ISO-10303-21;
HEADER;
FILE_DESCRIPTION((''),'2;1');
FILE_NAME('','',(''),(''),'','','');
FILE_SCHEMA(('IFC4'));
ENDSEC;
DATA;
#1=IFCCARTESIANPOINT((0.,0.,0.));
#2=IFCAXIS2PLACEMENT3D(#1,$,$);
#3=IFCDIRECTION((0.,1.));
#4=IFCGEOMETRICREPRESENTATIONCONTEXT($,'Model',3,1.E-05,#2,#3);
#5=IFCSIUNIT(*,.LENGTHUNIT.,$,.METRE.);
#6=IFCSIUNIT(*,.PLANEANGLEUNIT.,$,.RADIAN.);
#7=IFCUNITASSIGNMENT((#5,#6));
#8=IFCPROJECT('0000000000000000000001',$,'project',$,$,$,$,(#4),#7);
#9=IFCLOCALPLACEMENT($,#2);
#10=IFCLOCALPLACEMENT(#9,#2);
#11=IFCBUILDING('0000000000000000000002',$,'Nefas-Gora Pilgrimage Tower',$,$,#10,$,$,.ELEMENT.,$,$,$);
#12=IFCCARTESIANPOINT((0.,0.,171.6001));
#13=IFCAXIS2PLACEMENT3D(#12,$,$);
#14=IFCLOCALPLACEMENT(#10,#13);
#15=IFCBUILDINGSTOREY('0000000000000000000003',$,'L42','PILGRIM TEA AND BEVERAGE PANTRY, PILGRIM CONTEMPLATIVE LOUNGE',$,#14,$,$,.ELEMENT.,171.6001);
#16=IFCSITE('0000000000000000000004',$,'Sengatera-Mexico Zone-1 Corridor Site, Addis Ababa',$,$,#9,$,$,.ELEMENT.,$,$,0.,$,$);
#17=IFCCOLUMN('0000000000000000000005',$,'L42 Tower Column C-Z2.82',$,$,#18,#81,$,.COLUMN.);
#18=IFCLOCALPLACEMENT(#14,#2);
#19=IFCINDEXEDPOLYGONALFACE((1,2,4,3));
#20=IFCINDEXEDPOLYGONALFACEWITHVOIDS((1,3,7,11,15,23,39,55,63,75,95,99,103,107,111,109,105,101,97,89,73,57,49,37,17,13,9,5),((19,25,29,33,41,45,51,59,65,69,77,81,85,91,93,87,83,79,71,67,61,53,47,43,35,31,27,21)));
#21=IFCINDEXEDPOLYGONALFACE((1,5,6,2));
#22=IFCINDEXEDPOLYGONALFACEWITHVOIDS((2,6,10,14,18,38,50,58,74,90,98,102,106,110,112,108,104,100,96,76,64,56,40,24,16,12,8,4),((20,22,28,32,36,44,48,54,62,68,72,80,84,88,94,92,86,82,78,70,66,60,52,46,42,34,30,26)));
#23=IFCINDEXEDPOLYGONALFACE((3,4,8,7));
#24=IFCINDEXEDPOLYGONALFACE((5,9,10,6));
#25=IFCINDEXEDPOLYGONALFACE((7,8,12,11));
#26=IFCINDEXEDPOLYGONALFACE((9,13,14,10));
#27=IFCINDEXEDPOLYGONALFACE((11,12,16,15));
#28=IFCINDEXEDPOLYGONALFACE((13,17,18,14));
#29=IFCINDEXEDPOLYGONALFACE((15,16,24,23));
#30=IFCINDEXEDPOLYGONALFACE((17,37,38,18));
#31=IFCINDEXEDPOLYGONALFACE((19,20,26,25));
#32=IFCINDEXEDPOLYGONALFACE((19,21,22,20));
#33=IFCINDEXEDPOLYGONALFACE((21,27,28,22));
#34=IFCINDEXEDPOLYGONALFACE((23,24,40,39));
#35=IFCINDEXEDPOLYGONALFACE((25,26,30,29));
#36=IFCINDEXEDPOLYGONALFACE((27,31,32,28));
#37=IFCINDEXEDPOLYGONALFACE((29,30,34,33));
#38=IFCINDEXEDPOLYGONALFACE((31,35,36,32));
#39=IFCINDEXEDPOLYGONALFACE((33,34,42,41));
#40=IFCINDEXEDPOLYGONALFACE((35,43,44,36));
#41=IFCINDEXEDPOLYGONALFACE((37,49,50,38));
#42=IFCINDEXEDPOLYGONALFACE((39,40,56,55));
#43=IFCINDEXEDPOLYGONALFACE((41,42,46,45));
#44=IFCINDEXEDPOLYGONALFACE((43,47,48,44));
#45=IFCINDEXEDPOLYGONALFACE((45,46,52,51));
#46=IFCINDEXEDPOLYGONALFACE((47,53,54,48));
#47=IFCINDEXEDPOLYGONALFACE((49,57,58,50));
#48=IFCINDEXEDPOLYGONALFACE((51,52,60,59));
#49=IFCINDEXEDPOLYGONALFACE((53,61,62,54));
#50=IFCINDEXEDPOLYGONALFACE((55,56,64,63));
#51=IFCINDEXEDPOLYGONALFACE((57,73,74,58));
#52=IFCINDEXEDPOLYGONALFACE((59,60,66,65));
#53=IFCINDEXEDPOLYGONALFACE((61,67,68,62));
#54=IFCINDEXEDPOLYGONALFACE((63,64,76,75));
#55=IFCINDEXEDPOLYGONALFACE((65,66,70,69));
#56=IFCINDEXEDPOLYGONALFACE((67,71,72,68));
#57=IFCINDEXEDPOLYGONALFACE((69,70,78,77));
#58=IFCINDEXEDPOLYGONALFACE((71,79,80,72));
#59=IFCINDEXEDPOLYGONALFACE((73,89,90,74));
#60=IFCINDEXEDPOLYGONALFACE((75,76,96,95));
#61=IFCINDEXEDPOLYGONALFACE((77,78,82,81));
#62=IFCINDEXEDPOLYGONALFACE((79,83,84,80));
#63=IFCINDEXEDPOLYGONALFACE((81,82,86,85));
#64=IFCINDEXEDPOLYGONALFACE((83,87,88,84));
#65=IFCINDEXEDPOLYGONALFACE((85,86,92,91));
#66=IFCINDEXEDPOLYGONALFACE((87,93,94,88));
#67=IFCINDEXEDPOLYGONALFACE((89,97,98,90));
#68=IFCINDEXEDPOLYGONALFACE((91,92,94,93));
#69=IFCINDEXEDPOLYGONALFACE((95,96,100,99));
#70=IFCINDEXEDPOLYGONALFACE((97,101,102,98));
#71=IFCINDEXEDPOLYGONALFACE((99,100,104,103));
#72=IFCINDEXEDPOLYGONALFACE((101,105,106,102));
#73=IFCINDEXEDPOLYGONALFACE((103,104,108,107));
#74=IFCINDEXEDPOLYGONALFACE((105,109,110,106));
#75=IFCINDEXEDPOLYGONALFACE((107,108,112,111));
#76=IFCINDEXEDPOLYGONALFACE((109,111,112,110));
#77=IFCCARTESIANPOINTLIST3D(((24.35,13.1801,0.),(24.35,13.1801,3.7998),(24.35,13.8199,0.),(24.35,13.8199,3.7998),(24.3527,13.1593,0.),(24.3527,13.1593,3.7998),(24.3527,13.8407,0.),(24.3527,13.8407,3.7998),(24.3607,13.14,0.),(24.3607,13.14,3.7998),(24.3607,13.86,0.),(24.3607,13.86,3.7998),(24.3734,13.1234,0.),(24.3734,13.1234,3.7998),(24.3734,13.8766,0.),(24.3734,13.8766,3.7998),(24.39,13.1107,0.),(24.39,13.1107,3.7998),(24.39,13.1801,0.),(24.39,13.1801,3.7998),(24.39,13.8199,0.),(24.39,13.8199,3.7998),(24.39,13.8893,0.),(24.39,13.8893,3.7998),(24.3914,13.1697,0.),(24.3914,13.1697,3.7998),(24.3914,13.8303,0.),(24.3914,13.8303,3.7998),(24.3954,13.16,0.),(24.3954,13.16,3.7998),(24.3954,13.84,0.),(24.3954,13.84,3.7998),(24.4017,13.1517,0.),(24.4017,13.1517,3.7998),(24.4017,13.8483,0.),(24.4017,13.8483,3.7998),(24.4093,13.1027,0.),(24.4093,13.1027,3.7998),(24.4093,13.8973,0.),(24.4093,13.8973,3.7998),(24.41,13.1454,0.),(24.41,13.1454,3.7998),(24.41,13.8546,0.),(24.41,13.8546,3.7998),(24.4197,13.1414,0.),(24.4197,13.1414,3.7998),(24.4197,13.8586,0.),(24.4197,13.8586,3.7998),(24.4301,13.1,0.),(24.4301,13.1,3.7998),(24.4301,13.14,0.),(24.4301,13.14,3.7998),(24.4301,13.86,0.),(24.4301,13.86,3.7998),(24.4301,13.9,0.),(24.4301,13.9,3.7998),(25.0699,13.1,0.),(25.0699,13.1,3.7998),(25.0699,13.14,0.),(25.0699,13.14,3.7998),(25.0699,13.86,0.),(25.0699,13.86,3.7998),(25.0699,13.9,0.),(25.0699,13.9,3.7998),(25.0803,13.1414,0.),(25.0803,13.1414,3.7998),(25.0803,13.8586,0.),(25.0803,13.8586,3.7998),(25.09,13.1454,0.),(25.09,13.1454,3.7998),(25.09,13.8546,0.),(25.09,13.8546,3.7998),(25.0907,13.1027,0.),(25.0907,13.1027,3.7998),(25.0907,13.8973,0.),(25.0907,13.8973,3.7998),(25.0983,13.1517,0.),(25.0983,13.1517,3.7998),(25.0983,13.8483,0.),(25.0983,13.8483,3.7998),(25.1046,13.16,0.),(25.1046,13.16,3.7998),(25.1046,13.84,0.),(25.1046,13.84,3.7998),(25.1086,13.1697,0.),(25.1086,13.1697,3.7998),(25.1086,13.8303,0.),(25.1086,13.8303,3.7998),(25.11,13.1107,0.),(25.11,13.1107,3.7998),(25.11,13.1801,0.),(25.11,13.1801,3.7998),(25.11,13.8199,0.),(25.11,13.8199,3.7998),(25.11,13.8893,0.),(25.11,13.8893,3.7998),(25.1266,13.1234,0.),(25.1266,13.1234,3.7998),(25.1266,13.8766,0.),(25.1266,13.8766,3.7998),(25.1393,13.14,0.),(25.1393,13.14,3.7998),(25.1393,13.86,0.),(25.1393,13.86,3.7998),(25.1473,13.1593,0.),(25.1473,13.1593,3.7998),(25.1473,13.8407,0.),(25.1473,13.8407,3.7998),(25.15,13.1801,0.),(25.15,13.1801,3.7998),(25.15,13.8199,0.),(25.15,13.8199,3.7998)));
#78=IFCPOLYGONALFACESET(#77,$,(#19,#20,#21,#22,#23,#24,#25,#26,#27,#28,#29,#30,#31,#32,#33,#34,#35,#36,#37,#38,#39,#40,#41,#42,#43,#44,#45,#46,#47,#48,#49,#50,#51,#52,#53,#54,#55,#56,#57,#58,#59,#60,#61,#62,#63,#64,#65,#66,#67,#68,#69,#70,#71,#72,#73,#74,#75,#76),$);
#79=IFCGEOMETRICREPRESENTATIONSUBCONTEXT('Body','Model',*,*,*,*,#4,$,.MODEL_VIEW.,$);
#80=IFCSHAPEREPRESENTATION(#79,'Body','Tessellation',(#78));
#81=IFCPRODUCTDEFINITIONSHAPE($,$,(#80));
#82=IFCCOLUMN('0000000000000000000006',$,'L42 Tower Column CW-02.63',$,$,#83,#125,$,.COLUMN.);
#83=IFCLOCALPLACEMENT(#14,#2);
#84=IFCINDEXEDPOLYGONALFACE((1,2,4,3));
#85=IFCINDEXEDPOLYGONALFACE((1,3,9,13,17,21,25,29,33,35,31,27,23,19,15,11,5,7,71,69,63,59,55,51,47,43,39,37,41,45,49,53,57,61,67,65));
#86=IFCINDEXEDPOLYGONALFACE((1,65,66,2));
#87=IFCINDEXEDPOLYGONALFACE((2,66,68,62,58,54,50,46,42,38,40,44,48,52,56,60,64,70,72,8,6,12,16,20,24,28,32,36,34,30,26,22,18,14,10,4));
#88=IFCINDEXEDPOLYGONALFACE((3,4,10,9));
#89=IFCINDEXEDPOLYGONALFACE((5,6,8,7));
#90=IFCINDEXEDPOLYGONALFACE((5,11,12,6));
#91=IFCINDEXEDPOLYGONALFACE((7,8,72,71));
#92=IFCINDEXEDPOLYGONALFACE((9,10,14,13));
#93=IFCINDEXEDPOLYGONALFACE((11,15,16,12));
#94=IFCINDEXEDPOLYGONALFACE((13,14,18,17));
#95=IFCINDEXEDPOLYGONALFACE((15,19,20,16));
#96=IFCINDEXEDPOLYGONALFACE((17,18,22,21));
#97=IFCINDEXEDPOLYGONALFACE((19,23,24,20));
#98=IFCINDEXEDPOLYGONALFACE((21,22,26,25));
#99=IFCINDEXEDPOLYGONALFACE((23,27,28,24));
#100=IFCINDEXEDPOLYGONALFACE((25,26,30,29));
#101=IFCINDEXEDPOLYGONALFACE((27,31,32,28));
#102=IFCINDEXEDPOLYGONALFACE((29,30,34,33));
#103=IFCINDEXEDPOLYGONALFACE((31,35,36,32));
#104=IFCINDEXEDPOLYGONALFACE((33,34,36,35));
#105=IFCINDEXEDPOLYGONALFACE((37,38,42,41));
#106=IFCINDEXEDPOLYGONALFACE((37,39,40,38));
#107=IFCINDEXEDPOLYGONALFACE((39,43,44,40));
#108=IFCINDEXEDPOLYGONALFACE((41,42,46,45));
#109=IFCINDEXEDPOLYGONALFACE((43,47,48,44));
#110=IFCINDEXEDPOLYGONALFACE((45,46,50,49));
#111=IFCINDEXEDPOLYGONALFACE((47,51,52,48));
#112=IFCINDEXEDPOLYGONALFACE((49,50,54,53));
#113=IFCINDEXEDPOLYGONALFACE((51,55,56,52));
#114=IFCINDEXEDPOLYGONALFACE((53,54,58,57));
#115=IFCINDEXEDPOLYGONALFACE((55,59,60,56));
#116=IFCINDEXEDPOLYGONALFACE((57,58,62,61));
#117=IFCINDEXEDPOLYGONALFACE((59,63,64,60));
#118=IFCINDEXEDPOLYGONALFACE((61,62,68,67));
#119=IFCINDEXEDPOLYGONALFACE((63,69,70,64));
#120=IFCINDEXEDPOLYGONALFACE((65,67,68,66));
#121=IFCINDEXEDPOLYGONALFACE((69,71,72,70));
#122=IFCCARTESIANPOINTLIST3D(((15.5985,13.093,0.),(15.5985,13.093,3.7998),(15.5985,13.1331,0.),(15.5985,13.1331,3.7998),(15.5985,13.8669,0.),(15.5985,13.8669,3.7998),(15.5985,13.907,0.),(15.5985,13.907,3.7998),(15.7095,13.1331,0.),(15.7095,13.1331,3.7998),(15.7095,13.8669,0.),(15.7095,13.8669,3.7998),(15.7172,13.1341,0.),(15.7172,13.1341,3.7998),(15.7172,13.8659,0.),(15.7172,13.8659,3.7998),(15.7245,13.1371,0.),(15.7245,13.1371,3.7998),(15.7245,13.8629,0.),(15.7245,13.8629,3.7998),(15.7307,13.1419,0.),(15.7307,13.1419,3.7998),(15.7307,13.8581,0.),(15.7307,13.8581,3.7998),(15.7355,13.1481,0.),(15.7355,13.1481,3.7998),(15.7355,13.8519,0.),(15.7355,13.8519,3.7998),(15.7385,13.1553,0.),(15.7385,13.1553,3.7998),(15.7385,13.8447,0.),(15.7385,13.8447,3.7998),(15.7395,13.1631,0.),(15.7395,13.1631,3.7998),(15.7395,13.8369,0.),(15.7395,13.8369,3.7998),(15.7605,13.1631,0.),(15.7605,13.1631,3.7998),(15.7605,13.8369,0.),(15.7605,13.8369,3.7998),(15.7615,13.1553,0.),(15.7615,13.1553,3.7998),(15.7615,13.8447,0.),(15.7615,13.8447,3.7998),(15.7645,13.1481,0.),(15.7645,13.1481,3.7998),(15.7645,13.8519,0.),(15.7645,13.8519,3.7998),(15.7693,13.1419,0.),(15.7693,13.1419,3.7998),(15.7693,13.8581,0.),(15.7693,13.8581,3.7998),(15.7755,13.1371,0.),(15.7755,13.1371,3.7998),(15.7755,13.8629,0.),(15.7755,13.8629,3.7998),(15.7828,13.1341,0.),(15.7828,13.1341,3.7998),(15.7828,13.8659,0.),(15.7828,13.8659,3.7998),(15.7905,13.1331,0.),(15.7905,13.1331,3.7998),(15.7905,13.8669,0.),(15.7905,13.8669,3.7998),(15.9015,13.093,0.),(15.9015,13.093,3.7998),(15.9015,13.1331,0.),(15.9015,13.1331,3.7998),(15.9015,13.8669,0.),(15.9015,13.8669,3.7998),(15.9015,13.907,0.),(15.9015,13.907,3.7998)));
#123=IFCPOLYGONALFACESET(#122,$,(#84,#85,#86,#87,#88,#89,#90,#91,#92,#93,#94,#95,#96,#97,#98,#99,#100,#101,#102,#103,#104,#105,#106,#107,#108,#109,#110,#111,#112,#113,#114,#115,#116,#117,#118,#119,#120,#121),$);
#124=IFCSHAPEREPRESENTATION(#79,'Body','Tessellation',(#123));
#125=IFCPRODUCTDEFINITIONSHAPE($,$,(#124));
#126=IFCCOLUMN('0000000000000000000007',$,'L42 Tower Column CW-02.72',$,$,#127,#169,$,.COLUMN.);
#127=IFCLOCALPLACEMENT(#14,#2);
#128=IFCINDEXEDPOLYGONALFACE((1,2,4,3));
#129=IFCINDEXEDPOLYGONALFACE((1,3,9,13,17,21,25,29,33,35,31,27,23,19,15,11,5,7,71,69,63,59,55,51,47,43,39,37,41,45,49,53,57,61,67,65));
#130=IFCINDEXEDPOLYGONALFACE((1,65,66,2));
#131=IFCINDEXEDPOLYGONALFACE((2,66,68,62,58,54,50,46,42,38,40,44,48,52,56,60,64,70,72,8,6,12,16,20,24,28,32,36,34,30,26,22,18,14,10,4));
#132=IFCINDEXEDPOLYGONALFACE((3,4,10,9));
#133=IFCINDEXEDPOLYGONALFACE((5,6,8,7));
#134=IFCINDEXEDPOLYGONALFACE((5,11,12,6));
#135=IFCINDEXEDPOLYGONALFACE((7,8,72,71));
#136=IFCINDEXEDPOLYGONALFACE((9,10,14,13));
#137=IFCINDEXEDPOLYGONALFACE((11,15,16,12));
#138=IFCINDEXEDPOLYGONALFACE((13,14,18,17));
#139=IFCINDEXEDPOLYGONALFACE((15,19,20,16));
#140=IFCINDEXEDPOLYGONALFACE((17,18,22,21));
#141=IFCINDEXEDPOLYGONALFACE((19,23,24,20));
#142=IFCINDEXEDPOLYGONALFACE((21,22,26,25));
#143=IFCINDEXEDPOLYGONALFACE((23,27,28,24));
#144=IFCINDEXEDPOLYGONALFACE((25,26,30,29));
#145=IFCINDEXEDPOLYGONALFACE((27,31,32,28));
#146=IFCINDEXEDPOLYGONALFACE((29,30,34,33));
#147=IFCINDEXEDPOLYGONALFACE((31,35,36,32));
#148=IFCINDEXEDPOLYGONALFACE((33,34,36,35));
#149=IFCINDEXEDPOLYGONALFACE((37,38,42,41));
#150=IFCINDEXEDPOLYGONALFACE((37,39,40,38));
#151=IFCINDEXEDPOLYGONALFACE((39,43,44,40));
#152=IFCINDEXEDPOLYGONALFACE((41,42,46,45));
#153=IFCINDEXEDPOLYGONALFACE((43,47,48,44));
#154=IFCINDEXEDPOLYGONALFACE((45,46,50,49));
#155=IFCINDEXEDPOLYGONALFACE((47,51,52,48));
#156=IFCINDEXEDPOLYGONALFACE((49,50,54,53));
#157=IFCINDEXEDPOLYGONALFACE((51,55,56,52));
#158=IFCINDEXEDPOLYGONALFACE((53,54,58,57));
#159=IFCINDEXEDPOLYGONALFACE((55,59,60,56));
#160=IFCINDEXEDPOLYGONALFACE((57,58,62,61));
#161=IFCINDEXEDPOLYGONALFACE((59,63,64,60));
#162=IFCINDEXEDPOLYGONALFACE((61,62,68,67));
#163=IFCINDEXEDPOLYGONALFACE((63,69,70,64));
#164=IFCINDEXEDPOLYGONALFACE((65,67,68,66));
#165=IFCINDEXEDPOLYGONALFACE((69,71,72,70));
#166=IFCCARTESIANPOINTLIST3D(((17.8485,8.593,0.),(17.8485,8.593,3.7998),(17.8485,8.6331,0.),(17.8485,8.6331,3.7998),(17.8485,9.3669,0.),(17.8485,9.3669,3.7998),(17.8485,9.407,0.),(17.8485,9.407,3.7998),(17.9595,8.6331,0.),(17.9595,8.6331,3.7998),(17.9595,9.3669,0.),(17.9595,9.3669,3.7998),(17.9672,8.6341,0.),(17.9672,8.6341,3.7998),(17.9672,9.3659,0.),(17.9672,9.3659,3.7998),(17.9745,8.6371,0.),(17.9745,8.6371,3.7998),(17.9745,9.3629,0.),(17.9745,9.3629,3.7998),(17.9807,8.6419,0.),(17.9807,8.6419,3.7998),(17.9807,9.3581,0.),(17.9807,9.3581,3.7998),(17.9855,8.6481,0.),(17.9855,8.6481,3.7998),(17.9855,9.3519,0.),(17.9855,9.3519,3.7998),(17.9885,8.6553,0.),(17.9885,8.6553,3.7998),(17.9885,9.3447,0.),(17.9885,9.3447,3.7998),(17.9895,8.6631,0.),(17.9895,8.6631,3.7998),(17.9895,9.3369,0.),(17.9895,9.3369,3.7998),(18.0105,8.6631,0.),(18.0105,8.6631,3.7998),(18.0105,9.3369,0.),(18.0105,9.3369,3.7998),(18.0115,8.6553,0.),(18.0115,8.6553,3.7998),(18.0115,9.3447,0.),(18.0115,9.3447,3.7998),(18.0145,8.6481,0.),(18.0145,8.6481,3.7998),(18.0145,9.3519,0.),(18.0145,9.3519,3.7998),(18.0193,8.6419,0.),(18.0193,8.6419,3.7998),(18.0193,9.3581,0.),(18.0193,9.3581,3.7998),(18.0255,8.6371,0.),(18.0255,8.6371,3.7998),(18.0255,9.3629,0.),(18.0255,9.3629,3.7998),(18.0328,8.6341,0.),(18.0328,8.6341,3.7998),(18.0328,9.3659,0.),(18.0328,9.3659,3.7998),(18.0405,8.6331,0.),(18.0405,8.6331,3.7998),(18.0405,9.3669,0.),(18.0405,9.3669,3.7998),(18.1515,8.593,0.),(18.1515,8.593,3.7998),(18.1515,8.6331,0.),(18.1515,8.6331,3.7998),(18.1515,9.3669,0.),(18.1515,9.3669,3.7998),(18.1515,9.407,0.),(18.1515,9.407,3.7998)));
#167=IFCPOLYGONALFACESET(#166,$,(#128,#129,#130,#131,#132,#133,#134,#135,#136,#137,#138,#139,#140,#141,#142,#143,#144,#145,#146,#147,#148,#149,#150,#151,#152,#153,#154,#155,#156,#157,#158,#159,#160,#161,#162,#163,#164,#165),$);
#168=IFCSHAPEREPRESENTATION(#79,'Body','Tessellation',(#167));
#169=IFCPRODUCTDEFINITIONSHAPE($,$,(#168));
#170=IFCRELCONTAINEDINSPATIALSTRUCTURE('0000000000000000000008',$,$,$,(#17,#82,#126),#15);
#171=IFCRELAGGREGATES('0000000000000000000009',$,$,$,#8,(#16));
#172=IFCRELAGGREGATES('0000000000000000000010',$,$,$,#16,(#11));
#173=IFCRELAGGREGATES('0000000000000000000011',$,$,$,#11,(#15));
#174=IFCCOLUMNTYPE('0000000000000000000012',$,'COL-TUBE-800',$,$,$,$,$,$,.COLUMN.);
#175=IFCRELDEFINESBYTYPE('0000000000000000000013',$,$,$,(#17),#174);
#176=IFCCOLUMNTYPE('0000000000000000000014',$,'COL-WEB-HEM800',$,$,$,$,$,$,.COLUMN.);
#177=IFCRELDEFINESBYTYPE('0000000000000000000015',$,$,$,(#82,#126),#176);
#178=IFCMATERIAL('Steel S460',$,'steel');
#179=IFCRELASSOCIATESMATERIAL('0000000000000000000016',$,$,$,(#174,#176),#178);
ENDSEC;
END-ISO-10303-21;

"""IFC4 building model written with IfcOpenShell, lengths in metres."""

from ifc_helpers import new_model, si_unit, direction, frame, origin, origin_2d, place, context, subcontext, project, spatial, hollow_rectangle, i_section, extrude, source, transform, mapped, material, material_profile, profile_set, type_object, element, save


model = new_model("IFC4")

# Units and contexts
model_context = context("Model", 3, precision=1e-05, world=origin(), true_north=direction((0.0, 1.0)))
body_context = subcontext(model_context, "Body", "Model", "MODEL_VIEW")
ifc_project = project(units=[si_unit("LENGTHUNIT", "METRE"), si_unit("PLANEANGLEUNIT", "RADIAN")], contexts=[model_context])

# Site, building, storey
site_placement = place(None, origin())
site = spatial("IfcSite", under=ifc_project, at=site_placement, Name="Sengatera-Mexico Zone-1 Corridor Site, Addis Ababa", CompositionType="ELEMENT", RefElevation=0.0)
building_placement = place(site_placement, origin())
building = spatial("IfcBuilding", under=site, at=building_placement, Name="Nefas-Gora Pilgrimage Tower", CompositionType="ELEMENT")
storey_placement = place(building_placement, frame((0.0, 0.0, 171.6001)))
storey = spatial("IfcBuildingStorey", under=building, at=storey_placement, Name="L42", Description="PILGRIM TEA AND BEVERAGE PANTRY, PILGRIM CONTEMPLATIVE LOUNGE", CompositionType="ELEMENT", Elevation=171.6001)

# Columns
ifc_material_1 = material(Name="Steel S460", Category="steel")
ifc_material_profile_1 = material_profile(ifc_material_1, hollow_rectangle(XDim=0.8, YDim=0.8, WallThickness=0.04, InnerFilletRadius=0.04, OuterFilletRadius=0.0801, at=origin_2d()), Name="BOX 800x800x40")
ifc_profile_set_1 = profile_set([ifc_material_profile_1], Name="Steel S460")
column_type_1 = type_object("IfcColumnType", Name="COL-TUBE-800", PredefinedType="COLUMN", material=ifc_profile_set_1)
shared_shape_1 = source(origin(), body_context, "Body", "SweptSolid", [
    extrude(hollow_rectangle(XDim=0.8, YDim=0.8, WallThickness=0.04, InnerFilletRadius=0.04, OuterFilletRadius=0.0801, at=origin_2d()), origin(), (0.0, 0.0, 1.0), 3.7998),
])
for number, where, z_axis, x_axis, name in (
    (1, (24.75, 13.5, 0.0), (0.0, 0.0, 1.0), (1.0, 0.0, 0.0), "L42 Tower Column C-Z2.82"),
):
    element("IfcColumn", number, at=place(storey_placement, frame(where, z_axis=z_axis, x_axis=x_axis)), inside=storey, type_object=column_type_1, Name=name, PredefinedType="COLUMN", context=body_context, shape_type="MappedRepresentation", body=[
        mapped(shared_shape_1, transform((0.0, 0.0, 0.0), x_axis=(1.0, 0.0, 0.0), y_axis=(0.0, 1.0, 0.0), z_axis=(0.0, 0.0, 1.0), scale=1.0)),
    ])
ifc_material_profile_2 = material_profile(ifc_material_1, i_section(OverallWidth=0.303, OverallDepth=0.814, WebThickness=0.021, FlangeThickness=0.04, FilletRadius=0.03, at=origin_2d()), Name="HEM 800")
ifc_profile_set_2 = profile_set([ifc_material_profile_2], Name="Steel S460")
column_type_2 = type_object("IfcColumnType", Name="COL-WEB-HEM800", PredefinedType="COLUMN", material=ifc_profile_set_2)
shared_shape_2 = source(origin(), body_context, "Body", "SweptSolid", [
    extrude(i_section(OverallWidth=0.303, OverallDepth=0.814, WebThickness=0.021, FlangeThickness=0.04, FilletRadius=0.03, at=origin_2d()), origin(), (0.0, 0.0, 1.0), 3.7998),
])
for number, where, z_axis, x_axis, name in (
    (2, (15.75, 13.5, 0.0), (0.0, 0.0, 1.0), (1.0, 0.0, 0.0), "L42 Tower Column CW-02.63"),
    (3, (18.0, 9.0, 0.0), (0.0, 0.0, 1.0), (1.0, 0.0, 0.0), "L42 Tower Column CW-02.72"),
):
    element("IfcColumn", number, at=place(storey_placement, frame(where, z_axis=z_axis, x_axis=x_axis)), inside=storey, type_object=column_type_2, Name=name, PredefinedType="COLUMN", context=body_context, shape_type="MappedRepresentation", body=[
        mapped(shared_shape_2, transform((0.0, 0.0, 0.0), x_axis=(1.0, 0.0, 0.0), y_axis=(0.0, 1.0, 0.0), z_axis=(0.0, 0.0, 1.0), scale=1.0)),
    ])

save(model, "model.ifc")
